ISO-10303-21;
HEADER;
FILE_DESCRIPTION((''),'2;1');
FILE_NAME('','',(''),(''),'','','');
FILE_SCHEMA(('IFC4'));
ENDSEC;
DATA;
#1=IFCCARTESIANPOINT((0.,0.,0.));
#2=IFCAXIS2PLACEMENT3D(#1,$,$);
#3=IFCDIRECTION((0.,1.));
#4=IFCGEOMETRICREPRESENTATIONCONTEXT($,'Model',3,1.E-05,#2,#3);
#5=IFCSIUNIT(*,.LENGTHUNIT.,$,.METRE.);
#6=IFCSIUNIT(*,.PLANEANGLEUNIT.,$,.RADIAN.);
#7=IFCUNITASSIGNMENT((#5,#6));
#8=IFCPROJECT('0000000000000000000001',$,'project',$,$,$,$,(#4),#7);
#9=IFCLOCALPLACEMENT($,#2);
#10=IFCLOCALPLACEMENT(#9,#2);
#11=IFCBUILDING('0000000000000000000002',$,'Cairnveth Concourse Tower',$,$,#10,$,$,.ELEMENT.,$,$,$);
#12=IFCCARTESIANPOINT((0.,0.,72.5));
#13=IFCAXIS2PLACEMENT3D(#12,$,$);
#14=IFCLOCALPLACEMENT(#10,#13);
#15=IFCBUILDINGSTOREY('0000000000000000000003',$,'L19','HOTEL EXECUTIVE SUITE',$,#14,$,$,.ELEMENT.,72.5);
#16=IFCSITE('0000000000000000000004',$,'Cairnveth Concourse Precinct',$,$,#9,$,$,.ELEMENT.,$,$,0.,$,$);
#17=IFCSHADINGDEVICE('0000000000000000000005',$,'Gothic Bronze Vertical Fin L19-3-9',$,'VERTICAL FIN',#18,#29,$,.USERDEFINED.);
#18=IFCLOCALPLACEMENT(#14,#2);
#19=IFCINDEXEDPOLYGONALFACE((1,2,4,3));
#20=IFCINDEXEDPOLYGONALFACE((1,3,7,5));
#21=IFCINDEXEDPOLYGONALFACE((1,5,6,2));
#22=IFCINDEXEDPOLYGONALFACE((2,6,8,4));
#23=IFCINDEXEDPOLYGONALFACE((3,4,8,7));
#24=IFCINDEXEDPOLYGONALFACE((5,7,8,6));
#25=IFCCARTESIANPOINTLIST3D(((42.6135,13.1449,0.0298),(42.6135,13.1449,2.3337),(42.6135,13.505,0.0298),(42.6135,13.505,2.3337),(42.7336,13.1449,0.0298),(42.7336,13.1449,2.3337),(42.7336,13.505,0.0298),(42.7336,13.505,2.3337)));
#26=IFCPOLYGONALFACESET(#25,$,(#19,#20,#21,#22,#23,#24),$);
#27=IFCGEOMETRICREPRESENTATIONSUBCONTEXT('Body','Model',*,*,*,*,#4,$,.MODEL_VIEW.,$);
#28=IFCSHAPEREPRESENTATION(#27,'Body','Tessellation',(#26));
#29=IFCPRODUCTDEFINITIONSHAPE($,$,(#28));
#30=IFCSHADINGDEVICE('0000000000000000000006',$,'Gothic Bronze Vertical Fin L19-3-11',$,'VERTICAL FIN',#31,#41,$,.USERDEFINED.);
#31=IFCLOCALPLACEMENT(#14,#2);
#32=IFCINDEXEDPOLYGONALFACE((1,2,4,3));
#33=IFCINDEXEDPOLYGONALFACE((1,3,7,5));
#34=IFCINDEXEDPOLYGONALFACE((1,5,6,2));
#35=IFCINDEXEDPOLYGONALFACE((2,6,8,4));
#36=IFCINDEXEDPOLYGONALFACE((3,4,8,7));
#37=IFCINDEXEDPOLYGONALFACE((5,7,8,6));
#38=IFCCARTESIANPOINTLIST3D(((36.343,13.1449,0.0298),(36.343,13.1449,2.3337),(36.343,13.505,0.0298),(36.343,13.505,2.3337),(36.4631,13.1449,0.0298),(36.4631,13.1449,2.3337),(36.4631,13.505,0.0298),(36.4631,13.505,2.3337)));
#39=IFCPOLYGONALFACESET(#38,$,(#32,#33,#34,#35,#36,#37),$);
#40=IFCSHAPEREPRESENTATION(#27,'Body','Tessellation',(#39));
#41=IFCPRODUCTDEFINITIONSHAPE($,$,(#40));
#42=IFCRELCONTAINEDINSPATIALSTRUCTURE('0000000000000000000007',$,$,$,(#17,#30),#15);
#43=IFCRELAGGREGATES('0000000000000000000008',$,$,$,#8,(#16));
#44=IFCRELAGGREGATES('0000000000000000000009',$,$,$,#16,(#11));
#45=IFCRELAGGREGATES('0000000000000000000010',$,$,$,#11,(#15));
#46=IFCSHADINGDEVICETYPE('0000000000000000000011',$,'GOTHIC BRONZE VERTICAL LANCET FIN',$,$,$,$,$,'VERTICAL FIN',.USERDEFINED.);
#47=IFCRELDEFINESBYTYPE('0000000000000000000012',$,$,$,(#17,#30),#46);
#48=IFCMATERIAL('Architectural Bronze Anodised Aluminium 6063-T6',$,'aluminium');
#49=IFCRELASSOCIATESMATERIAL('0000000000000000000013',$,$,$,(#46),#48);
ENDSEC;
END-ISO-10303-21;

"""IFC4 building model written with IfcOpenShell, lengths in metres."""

from ifc_helpers import new_model, si_unit, direction, frame, origin, origin_2d, place, context, subcontext, project, spatial, rectangle, extrude, material, type_object, element, save


model = new_model("IFC4")

# Units and contexts
model_context = context("Model", 3, precision=1e-05, world=origin(), true_north=direction((0.0, 1.0)))
body_context = subcontext(model_context, "Body", "Model", "MODEL_VIEW")
ifc_project = project(units=[si_unit("LENGTHUNIT", "METRE"), si_unit("PLANEANGLEUNIT", "RADIAN")], contexts=[model_context])

# Site, building, storey
site_placement = place(None, origin())
site = spatial("IfcSite", under=ifc_project, at=site_placement, Name="Cairnveth Concourse Precinct", CompositionType="ELEMENT", RefElevation=0.0)
building_placement = place(site_placement, origin())
building = spatial("IfcBuilding", under=site, at=building_placement, Name="Cairnveth Concourse Tower", CompositionType="ELEMENT")
storey_placement = place(building_placement, frame((0.0, 0.0, 72.5)))
storey = spatial("IfcBuildingStorey", under=building, at=storey_placement, Name="L19", Description="HOTEL EXECUTIVE SUITE", CompositionType="ELEMENT", Elevation=72.5)

# Shading devices
ifc_material_1 = material(Name="Architectural Bronze Anodised Aluminium 6063-T6", Category="aluminium")
shading_device_type = type_object("IfcShadingDeviceType", Name="GOTHIC BRONZE VERTICAL LANCET FIN", ElementType="VERTICAL FIN", PredefinedType="USERDEFINED", material=ifc_material_1)
for number, where, z_axis, x_axis, name in (
    (1, (42.6736, 13.325, 0.0298), (0.0, 0.0, 1.0), (1.0, 0.0, 0.0), "Gothic Bronze Vertical Fin L19-3-9"),
    (2, (36.4031, 13.325, 0.0298), (0.0, 0.0, 1.0), (1.0, 0.0, 0.0), "Gothic Bronze Vertical Fin L19-3-11"),
):
    element("IfcShadingDevice", number, at=place(storey_placement, frame(where, z_axis=z_axis, x_axis=x_axis)), inside=storey, type_object=shading_device_type, Name=name, ObjectType="VERTICAL FIN", PredefinedType="USERDEFINED", context=body_context, shape_type="SweptSolid", body=[
        extrude(rectangle(XDim=0.1201, YDim=0.3601, at=origin_2d()), origin(), (0.0, 0.0, 1.0), 2.304),
    ])

save(model, "model.ifc")
